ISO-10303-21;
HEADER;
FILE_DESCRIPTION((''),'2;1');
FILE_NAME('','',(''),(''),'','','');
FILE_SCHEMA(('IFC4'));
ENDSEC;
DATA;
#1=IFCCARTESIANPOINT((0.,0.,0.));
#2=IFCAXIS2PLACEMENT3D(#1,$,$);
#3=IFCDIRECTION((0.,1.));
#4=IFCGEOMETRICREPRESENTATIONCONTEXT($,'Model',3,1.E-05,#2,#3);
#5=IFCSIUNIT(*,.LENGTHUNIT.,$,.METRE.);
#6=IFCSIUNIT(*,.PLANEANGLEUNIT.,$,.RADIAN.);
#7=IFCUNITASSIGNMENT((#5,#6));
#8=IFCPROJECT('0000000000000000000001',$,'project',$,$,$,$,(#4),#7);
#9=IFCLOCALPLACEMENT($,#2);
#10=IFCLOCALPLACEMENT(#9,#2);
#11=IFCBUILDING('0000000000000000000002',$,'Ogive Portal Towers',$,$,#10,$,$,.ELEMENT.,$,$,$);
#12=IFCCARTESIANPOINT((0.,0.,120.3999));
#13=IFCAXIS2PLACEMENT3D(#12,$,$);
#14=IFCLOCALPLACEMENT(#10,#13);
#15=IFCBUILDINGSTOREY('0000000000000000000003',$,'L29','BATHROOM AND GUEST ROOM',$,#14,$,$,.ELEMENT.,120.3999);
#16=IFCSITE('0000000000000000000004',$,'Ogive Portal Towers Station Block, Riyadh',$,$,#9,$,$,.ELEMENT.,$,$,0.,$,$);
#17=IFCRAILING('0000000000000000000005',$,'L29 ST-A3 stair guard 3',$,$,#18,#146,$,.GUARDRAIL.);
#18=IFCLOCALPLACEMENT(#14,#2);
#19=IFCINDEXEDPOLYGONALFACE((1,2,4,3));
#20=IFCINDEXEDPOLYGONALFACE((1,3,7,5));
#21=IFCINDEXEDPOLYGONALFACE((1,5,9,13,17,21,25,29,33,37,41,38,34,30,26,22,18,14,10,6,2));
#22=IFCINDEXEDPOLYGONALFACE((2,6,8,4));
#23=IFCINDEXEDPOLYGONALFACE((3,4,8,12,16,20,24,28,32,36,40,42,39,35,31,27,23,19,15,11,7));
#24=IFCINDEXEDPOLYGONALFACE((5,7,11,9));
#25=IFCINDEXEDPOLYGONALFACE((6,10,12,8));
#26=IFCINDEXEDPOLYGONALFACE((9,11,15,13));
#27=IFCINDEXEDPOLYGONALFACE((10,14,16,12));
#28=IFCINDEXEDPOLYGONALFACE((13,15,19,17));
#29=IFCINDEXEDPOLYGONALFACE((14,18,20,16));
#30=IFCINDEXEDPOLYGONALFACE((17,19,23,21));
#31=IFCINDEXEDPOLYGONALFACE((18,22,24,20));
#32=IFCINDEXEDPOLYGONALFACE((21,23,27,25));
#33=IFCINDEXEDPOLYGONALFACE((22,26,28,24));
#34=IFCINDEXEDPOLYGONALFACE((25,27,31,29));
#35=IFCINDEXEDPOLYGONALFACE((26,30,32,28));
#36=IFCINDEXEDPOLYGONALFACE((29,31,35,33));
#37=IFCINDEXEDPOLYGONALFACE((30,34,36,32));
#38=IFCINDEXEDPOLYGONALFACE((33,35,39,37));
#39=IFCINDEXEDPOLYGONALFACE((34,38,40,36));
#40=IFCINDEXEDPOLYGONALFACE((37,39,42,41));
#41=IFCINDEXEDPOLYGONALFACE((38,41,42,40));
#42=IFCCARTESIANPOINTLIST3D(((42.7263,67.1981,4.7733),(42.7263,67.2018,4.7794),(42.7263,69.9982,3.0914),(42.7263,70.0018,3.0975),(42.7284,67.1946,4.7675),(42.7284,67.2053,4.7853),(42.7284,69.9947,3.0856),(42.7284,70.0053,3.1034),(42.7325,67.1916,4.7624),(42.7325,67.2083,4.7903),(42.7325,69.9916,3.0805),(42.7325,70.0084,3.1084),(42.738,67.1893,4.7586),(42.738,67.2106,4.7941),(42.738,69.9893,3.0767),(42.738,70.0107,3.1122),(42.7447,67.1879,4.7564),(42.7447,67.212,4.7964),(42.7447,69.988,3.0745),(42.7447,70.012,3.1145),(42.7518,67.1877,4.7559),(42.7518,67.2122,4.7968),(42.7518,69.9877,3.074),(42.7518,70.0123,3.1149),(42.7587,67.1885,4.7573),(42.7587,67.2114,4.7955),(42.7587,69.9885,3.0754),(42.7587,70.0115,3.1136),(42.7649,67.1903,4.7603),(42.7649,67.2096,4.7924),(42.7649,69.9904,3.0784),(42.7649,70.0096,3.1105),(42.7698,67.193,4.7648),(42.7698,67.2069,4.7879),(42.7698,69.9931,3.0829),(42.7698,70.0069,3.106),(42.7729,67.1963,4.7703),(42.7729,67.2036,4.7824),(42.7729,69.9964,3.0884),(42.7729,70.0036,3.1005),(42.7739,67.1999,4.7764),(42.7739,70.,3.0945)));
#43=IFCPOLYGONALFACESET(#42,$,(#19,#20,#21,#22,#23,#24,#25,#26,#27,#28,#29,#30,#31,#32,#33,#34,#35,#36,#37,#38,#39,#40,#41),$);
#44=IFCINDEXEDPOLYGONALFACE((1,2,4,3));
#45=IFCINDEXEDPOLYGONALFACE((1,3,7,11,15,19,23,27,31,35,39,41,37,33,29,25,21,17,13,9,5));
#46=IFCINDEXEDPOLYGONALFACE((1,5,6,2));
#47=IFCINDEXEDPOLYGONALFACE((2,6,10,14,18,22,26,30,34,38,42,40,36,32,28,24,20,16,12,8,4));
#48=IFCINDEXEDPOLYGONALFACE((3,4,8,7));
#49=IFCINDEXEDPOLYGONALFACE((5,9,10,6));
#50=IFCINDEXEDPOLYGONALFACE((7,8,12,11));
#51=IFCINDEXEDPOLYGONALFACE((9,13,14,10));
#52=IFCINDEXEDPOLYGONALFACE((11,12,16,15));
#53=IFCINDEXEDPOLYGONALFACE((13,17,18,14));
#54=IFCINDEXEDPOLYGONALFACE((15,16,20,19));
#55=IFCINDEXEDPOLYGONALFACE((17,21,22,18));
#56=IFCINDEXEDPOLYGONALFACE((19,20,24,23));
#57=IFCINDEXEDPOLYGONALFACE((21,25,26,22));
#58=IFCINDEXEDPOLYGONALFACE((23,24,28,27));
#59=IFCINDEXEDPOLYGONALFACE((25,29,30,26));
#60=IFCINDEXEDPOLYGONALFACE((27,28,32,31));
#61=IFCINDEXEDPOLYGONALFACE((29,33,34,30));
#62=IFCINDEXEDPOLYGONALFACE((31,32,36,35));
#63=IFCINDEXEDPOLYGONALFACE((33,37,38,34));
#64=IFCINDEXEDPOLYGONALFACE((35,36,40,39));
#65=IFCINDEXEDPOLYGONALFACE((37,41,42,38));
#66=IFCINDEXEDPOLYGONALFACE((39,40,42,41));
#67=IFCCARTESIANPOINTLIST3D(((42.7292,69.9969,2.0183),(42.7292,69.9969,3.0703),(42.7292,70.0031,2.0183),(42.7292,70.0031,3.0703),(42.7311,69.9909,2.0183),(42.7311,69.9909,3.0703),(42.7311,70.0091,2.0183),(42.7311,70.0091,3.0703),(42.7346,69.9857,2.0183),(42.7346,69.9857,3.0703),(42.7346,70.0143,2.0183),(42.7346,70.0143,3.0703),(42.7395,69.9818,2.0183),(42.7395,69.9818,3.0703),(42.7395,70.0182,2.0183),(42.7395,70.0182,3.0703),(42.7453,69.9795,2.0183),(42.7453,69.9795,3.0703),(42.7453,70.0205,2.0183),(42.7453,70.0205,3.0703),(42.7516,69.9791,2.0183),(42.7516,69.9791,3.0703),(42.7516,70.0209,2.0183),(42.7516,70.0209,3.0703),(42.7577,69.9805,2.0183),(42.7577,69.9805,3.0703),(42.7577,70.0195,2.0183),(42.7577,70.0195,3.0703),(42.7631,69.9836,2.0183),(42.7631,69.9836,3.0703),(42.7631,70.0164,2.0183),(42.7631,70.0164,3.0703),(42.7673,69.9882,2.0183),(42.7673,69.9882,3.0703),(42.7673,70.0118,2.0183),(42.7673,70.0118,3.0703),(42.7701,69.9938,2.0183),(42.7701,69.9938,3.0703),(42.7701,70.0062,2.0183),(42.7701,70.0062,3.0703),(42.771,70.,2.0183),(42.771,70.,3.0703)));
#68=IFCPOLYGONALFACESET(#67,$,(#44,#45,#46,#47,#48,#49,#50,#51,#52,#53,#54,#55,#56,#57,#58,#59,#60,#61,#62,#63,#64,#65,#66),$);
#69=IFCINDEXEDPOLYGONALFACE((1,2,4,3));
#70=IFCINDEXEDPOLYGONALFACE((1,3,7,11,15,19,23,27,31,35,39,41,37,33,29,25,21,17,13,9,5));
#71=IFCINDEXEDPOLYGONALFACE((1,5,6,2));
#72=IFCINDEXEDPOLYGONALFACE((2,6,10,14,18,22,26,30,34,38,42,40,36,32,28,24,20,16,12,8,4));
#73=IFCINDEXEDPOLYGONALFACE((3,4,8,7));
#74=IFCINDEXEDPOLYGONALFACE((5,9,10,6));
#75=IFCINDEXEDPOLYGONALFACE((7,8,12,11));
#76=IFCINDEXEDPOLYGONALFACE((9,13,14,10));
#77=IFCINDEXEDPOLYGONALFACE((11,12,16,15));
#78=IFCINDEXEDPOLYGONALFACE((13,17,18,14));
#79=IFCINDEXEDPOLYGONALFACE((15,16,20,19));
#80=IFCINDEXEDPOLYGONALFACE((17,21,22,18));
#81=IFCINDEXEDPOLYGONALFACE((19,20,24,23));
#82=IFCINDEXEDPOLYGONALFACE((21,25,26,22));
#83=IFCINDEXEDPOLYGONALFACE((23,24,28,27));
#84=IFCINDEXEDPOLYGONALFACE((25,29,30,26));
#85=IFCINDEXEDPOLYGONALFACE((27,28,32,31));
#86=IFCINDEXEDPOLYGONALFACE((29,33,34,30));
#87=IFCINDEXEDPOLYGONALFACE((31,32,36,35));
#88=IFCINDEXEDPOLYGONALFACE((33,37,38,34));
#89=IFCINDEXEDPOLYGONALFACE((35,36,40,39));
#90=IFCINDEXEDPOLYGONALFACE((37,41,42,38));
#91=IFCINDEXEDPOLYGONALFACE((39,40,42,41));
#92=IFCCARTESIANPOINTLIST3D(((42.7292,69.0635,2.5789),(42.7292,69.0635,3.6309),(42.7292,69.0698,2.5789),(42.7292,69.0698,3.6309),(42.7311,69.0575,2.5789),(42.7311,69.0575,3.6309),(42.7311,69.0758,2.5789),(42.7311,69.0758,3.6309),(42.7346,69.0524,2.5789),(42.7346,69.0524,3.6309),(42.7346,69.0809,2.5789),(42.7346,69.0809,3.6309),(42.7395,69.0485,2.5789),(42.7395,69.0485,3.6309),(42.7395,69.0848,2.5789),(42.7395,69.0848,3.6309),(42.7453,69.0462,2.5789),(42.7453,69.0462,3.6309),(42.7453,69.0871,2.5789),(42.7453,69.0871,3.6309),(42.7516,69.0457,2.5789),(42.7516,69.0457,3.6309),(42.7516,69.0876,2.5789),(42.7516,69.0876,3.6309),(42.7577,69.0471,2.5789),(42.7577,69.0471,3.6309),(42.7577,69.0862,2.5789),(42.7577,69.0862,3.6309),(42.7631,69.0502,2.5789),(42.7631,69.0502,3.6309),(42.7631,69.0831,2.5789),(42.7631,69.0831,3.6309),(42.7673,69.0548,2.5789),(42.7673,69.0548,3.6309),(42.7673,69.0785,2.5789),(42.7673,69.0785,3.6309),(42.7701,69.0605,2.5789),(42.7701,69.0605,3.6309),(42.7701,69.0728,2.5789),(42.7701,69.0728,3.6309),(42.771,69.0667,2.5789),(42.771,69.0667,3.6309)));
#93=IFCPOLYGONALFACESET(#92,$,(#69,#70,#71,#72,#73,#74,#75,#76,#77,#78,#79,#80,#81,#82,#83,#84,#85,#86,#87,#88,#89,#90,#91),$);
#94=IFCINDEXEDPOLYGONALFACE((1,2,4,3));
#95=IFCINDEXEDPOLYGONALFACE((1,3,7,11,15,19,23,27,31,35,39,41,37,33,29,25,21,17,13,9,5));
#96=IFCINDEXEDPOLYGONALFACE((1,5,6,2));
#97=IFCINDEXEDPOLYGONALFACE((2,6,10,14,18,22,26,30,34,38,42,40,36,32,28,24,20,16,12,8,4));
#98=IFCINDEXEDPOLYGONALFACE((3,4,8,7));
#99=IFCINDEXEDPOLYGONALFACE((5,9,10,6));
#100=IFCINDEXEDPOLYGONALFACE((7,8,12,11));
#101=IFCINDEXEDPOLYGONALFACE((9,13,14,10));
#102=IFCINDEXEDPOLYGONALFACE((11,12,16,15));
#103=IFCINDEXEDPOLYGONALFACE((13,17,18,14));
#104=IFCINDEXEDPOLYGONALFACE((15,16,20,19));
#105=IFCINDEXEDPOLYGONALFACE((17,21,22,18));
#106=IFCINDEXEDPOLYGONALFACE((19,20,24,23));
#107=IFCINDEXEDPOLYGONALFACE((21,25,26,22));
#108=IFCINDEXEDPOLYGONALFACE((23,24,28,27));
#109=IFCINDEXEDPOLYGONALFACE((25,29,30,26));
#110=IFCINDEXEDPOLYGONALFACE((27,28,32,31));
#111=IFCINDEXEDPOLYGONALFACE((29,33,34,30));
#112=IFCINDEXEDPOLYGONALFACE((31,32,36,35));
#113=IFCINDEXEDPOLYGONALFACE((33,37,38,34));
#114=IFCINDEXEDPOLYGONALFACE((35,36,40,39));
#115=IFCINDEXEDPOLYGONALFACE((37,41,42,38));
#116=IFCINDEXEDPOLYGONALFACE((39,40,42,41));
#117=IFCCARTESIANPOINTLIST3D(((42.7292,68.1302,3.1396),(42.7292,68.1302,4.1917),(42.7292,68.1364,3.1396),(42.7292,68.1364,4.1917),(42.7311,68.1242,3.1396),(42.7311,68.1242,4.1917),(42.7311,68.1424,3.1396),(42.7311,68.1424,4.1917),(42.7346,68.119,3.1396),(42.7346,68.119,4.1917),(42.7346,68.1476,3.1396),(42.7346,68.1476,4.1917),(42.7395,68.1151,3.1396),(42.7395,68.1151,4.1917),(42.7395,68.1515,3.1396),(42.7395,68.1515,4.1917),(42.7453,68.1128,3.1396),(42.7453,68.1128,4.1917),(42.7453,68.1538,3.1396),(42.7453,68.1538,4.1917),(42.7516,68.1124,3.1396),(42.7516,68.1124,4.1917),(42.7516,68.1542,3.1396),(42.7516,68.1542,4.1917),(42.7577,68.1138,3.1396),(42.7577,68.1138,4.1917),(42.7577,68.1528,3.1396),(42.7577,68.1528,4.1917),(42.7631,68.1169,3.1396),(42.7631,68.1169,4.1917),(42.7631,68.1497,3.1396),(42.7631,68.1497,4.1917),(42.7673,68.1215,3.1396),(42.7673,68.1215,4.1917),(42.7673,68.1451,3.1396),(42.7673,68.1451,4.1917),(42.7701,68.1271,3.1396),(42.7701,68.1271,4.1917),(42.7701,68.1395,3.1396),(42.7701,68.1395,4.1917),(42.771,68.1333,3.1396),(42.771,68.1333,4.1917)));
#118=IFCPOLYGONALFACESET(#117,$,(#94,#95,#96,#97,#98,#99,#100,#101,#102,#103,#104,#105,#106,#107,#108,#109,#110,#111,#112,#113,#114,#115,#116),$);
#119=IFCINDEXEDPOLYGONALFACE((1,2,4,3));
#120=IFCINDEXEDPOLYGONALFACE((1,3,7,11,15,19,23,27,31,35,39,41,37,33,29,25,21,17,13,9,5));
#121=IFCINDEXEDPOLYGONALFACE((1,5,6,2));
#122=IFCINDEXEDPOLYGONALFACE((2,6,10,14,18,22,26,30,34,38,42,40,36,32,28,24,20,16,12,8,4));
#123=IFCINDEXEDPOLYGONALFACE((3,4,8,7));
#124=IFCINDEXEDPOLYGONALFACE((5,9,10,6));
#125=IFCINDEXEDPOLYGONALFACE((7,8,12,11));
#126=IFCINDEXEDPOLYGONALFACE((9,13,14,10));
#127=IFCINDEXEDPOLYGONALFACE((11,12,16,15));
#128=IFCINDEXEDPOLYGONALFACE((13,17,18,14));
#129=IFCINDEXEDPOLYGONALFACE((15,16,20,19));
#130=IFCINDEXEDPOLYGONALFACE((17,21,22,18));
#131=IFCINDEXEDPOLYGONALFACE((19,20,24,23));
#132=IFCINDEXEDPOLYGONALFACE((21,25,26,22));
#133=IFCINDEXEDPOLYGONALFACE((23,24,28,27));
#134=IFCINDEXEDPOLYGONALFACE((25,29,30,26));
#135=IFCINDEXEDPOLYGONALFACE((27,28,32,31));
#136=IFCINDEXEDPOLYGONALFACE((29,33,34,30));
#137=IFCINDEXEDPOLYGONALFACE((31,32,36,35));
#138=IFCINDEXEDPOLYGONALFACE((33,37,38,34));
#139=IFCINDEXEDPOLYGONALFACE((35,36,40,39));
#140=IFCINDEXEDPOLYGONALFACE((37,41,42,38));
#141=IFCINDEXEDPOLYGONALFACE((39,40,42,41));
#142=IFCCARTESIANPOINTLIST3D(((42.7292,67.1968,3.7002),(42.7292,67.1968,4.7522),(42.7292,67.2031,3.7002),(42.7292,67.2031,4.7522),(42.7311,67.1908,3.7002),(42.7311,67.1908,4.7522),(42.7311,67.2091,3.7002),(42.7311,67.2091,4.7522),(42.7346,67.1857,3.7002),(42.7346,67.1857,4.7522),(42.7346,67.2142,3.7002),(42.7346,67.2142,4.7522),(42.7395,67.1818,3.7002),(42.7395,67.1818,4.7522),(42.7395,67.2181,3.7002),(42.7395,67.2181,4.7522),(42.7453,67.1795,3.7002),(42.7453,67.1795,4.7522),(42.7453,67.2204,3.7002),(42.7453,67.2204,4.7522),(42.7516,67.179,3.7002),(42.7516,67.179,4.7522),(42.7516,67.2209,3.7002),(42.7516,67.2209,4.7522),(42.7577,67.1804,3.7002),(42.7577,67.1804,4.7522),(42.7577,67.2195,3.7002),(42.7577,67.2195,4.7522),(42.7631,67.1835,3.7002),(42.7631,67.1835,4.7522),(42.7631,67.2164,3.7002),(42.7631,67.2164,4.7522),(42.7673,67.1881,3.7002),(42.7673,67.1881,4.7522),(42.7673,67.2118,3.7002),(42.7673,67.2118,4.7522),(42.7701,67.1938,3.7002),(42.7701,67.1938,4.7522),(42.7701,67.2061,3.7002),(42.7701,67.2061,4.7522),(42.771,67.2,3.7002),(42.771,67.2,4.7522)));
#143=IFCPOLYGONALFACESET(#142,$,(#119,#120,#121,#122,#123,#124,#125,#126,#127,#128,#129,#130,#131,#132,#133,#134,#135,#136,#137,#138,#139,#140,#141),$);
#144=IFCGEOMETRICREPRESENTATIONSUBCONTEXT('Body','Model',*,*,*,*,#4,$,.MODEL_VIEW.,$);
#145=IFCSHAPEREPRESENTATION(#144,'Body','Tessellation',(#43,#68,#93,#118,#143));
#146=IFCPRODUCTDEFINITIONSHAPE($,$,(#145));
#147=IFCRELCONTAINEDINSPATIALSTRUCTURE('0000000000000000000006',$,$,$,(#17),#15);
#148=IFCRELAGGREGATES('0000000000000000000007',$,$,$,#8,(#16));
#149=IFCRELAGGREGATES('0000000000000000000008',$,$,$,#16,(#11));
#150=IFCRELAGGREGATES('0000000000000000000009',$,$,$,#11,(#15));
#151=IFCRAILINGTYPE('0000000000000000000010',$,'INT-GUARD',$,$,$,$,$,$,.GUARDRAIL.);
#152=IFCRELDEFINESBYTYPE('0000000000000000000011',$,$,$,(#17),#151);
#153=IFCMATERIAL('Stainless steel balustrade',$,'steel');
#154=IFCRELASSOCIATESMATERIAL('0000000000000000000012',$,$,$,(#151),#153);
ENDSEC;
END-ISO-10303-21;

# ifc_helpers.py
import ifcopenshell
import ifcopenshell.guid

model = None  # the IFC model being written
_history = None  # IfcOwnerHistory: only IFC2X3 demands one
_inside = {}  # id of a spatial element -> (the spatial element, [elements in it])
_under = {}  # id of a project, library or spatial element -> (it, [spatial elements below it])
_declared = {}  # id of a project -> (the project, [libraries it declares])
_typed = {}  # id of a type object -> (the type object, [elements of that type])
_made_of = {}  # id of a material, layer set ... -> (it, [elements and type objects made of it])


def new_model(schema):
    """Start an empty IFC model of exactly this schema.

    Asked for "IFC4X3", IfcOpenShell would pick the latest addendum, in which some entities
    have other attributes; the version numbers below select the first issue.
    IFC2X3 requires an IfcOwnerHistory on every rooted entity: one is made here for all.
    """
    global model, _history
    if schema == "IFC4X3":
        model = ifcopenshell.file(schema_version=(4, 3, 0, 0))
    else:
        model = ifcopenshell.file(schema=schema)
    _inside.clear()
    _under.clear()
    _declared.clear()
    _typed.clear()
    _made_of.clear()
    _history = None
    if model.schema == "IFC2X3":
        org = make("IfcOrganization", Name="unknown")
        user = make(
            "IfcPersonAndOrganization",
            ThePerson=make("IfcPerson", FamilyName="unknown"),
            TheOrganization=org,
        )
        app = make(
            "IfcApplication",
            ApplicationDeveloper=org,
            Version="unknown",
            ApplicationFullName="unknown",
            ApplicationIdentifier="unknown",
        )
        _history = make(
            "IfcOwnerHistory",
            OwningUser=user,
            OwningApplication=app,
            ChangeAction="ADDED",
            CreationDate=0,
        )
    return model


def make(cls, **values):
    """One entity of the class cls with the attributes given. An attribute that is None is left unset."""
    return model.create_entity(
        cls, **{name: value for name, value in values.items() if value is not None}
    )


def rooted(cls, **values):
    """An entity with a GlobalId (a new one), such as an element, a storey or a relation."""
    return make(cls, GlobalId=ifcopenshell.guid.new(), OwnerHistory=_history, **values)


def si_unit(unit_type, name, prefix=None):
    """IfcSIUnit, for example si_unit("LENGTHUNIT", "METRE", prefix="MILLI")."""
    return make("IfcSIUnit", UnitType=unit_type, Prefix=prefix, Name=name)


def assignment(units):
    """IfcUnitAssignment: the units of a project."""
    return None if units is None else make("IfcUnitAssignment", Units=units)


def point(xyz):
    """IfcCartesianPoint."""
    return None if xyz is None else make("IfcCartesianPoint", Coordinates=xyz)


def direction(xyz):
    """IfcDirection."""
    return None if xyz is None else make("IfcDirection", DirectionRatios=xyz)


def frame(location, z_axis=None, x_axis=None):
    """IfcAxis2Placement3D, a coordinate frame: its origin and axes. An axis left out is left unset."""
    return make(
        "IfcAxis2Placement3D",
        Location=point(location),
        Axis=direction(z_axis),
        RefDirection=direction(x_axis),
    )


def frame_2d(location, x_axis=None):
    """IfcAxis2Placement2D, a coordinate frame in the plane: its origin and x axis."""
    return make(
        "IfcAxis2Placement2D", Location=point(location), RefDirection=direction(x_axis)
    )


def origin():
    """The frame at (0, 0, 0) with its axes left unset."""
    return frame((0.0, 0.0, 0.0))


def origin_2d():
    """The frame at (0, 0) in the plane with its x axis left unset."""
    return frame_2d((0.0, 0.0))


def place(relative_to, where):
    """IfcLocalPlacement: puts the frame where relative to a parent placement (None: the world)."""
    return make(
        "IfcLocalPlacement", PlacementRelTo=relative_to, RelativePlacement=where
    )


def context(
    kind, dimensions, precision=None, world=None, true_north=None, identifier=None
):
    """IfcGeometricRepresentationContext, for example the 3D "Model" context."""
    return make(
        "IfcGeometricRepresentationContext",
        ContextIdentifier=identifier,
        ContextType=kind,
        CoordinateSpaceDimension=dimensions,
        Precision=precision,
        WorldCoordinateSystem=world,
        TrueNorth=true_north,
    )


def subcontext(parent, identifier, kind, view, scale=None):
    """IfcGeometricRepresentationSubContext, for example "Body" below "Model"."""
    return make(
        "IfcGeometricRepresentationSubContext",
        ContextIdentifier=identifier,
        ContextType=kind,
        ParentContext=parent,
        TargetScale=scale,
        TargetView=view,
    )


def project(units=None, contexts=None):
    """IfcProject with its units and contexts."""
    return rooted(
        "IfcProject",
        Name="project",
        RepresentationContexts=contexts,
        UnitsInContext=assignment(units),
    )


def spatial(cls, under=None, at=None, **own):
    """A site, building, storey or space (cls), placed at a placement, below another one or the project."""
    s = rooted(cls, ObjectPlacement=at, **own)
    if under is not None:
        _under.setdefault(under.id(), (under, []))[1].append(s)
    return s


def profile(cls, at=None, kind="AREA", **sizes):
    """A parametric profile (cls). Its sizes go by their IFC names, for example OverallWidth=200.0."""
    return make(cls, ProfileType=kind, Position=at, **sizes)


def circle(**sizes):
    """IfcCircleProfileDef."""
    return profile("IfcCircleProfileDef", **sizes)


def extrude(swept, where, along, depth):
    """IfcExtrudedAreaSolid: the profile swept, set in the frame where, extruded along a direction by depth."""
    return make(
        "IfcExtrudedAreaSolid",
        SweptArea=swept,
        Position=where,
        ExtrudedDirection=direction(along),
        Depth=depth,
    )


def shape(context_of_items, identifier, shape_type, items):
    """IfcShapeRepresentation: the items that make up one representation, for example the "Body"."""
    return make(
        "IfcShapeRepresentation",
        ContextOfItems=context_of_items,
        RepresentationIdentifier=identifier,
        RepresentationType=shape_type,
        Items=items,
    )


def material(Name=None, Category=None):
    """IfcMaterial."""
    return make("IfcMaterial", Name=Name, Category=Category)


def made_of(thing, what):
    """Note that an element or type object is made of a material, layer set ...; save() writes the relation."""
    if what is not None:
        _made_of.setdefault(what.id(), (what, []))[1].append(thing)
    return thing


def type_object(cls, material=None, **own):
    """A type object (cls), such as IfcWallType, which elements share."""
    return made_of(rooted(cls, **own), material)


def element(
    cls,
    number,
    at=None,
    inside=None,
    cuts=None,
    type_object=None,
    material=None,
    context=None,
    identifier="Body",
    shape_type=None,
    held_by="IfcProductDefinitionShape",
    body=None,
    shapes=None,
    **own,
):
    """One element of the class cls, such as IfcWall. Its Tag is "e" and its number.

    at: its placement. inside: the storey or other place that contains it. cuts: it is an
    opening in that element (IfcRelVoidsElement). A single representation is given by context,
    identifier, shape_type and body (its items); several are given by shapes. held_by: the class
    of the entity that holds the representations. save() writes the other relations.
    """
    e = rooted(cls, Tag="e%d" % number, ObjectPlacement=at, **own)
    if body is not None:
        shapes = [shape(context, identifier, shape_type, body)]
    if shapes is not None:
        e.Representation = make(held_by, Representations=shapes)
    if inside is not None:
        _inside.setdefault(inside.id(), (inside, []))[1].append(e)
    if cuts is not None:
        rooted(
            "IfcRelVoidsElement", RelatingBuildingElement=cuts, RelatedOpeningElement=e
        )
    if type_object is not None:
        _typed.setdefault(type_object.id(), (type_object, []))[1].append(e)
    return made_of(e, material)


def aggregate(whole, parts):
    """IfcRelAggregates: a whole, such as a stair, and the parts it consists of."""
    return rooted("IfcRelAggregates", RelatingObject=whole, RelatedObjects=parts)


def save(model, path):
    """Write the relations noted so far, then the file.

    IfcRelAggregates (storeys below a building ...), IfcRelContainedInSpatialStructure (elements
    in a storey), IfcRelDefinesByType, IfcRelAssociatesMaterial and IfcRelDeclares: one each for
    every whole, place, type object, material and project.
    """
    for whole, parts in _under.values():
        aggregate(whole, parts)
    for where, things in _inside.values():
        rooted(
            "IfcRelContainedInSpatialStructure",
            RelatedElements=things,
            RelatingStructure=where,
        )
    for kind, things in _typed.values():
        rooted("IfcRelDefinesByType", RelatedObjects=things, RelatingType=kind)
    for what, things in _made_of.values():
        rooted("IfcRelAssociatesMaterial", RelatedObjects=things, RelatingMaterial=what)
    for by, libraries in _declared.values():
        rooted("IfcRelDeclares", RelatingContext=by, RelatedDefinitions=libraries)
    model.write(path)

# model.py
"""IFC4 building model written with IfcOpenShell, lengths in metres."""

from ifc_helpers import new_model, si_unit, direction, frame, origin, origin_2d, place, context, subcontext, project, spatial, circle, extrude, material, type_object, element, save


model = new_model("IFC4")

# Units and contexts
model_context = context("Model", 3, precision=1e-05, world=origin(), true_north=direction((0.0, 1.0)))
body_context = subcontext(model_context, "Body", "Model", "MODEL_VIEW")
ifc_project = project(units=[si_unit("LENGTHUNIT", "METRE"), si_unit("PLANEANGLEUNIT", "RADIAN")], contexts=[model_context])

# Site, building, storey
site_placement = place(None, origin())
site = spatial("IfcSite", under=ifc_project, at=site_placement, Name="Ogive Portal Towers Station Block, Riyadh", CompositionType="ELEMENT", RefElevation=0.0)
building_placement = place(site_placement, origin())
building = spatial("IfcBuilding", under=site, at=building_placement, Name="Ogive Portal Towers", CompositionType="ELEMENT")
storey_placement = place(building_placement, frame((0.0, 0.0, 120.3999)))
storey = spatial("IfcBuildingStorey", under=building, at=storey_placement, Name="L29", Description="BATHROOM AND GUEST ROOM", CompositionType="ELEMENT", Elevation=120.3999)

# Railing
ifc_material_1 = material(Name="Stainless steel balustrade", Category="steel")
railing_type_1 = type_object("IfcRailingType", Name="INT-GUARD", PredefinedType="GUARDRAIL", material=ifc_material_1)
railing_1_placement = place(storey_placement, frame((42.75, 70.0, 2.0183)))
element("IfcRailing", 1, at=railing_1_placement, inside=storey, type_object=railing_type_1, Name="L29 ST-A3 stair guard 3", PredefinedType="GUARDRAIL", context=body_context, shape_type="SweptSolid", body=[
    extrude(circle(Radius=0.0239, at=origin_2d()), frame((0.0, 0.0, 1.0762), z_axis=(0.0, -0.857242, 0.514913), x_axis=(1.0, 0.0, 0.0)), (0.0, 0.0, 1.0), 3.2664),
    extrude(circle(Radius=0.021, at=origin_2d()), origin(), (0.0, 0.0, 1.0), 1.052),
    extrude(circle(Radius=0.021, at=origin_2d()), frame((0.0, -0.9333, 0.5605)), (0.0, 0.0, 1.0), 1.052),
    extrude(circle(Radius=0.021, at=origin_2d()), frame((0.0, -1.8667, 1.1213)), (0.0, 0.0, 1.0), 1.052),
    extrude(circle(Radius=0.021, at=origin_2d()), frame((0.0, -2.8, 1.6819)), (0.0, 0.0, 1.0), 1.052),
])

save(model, "model.ifc")
